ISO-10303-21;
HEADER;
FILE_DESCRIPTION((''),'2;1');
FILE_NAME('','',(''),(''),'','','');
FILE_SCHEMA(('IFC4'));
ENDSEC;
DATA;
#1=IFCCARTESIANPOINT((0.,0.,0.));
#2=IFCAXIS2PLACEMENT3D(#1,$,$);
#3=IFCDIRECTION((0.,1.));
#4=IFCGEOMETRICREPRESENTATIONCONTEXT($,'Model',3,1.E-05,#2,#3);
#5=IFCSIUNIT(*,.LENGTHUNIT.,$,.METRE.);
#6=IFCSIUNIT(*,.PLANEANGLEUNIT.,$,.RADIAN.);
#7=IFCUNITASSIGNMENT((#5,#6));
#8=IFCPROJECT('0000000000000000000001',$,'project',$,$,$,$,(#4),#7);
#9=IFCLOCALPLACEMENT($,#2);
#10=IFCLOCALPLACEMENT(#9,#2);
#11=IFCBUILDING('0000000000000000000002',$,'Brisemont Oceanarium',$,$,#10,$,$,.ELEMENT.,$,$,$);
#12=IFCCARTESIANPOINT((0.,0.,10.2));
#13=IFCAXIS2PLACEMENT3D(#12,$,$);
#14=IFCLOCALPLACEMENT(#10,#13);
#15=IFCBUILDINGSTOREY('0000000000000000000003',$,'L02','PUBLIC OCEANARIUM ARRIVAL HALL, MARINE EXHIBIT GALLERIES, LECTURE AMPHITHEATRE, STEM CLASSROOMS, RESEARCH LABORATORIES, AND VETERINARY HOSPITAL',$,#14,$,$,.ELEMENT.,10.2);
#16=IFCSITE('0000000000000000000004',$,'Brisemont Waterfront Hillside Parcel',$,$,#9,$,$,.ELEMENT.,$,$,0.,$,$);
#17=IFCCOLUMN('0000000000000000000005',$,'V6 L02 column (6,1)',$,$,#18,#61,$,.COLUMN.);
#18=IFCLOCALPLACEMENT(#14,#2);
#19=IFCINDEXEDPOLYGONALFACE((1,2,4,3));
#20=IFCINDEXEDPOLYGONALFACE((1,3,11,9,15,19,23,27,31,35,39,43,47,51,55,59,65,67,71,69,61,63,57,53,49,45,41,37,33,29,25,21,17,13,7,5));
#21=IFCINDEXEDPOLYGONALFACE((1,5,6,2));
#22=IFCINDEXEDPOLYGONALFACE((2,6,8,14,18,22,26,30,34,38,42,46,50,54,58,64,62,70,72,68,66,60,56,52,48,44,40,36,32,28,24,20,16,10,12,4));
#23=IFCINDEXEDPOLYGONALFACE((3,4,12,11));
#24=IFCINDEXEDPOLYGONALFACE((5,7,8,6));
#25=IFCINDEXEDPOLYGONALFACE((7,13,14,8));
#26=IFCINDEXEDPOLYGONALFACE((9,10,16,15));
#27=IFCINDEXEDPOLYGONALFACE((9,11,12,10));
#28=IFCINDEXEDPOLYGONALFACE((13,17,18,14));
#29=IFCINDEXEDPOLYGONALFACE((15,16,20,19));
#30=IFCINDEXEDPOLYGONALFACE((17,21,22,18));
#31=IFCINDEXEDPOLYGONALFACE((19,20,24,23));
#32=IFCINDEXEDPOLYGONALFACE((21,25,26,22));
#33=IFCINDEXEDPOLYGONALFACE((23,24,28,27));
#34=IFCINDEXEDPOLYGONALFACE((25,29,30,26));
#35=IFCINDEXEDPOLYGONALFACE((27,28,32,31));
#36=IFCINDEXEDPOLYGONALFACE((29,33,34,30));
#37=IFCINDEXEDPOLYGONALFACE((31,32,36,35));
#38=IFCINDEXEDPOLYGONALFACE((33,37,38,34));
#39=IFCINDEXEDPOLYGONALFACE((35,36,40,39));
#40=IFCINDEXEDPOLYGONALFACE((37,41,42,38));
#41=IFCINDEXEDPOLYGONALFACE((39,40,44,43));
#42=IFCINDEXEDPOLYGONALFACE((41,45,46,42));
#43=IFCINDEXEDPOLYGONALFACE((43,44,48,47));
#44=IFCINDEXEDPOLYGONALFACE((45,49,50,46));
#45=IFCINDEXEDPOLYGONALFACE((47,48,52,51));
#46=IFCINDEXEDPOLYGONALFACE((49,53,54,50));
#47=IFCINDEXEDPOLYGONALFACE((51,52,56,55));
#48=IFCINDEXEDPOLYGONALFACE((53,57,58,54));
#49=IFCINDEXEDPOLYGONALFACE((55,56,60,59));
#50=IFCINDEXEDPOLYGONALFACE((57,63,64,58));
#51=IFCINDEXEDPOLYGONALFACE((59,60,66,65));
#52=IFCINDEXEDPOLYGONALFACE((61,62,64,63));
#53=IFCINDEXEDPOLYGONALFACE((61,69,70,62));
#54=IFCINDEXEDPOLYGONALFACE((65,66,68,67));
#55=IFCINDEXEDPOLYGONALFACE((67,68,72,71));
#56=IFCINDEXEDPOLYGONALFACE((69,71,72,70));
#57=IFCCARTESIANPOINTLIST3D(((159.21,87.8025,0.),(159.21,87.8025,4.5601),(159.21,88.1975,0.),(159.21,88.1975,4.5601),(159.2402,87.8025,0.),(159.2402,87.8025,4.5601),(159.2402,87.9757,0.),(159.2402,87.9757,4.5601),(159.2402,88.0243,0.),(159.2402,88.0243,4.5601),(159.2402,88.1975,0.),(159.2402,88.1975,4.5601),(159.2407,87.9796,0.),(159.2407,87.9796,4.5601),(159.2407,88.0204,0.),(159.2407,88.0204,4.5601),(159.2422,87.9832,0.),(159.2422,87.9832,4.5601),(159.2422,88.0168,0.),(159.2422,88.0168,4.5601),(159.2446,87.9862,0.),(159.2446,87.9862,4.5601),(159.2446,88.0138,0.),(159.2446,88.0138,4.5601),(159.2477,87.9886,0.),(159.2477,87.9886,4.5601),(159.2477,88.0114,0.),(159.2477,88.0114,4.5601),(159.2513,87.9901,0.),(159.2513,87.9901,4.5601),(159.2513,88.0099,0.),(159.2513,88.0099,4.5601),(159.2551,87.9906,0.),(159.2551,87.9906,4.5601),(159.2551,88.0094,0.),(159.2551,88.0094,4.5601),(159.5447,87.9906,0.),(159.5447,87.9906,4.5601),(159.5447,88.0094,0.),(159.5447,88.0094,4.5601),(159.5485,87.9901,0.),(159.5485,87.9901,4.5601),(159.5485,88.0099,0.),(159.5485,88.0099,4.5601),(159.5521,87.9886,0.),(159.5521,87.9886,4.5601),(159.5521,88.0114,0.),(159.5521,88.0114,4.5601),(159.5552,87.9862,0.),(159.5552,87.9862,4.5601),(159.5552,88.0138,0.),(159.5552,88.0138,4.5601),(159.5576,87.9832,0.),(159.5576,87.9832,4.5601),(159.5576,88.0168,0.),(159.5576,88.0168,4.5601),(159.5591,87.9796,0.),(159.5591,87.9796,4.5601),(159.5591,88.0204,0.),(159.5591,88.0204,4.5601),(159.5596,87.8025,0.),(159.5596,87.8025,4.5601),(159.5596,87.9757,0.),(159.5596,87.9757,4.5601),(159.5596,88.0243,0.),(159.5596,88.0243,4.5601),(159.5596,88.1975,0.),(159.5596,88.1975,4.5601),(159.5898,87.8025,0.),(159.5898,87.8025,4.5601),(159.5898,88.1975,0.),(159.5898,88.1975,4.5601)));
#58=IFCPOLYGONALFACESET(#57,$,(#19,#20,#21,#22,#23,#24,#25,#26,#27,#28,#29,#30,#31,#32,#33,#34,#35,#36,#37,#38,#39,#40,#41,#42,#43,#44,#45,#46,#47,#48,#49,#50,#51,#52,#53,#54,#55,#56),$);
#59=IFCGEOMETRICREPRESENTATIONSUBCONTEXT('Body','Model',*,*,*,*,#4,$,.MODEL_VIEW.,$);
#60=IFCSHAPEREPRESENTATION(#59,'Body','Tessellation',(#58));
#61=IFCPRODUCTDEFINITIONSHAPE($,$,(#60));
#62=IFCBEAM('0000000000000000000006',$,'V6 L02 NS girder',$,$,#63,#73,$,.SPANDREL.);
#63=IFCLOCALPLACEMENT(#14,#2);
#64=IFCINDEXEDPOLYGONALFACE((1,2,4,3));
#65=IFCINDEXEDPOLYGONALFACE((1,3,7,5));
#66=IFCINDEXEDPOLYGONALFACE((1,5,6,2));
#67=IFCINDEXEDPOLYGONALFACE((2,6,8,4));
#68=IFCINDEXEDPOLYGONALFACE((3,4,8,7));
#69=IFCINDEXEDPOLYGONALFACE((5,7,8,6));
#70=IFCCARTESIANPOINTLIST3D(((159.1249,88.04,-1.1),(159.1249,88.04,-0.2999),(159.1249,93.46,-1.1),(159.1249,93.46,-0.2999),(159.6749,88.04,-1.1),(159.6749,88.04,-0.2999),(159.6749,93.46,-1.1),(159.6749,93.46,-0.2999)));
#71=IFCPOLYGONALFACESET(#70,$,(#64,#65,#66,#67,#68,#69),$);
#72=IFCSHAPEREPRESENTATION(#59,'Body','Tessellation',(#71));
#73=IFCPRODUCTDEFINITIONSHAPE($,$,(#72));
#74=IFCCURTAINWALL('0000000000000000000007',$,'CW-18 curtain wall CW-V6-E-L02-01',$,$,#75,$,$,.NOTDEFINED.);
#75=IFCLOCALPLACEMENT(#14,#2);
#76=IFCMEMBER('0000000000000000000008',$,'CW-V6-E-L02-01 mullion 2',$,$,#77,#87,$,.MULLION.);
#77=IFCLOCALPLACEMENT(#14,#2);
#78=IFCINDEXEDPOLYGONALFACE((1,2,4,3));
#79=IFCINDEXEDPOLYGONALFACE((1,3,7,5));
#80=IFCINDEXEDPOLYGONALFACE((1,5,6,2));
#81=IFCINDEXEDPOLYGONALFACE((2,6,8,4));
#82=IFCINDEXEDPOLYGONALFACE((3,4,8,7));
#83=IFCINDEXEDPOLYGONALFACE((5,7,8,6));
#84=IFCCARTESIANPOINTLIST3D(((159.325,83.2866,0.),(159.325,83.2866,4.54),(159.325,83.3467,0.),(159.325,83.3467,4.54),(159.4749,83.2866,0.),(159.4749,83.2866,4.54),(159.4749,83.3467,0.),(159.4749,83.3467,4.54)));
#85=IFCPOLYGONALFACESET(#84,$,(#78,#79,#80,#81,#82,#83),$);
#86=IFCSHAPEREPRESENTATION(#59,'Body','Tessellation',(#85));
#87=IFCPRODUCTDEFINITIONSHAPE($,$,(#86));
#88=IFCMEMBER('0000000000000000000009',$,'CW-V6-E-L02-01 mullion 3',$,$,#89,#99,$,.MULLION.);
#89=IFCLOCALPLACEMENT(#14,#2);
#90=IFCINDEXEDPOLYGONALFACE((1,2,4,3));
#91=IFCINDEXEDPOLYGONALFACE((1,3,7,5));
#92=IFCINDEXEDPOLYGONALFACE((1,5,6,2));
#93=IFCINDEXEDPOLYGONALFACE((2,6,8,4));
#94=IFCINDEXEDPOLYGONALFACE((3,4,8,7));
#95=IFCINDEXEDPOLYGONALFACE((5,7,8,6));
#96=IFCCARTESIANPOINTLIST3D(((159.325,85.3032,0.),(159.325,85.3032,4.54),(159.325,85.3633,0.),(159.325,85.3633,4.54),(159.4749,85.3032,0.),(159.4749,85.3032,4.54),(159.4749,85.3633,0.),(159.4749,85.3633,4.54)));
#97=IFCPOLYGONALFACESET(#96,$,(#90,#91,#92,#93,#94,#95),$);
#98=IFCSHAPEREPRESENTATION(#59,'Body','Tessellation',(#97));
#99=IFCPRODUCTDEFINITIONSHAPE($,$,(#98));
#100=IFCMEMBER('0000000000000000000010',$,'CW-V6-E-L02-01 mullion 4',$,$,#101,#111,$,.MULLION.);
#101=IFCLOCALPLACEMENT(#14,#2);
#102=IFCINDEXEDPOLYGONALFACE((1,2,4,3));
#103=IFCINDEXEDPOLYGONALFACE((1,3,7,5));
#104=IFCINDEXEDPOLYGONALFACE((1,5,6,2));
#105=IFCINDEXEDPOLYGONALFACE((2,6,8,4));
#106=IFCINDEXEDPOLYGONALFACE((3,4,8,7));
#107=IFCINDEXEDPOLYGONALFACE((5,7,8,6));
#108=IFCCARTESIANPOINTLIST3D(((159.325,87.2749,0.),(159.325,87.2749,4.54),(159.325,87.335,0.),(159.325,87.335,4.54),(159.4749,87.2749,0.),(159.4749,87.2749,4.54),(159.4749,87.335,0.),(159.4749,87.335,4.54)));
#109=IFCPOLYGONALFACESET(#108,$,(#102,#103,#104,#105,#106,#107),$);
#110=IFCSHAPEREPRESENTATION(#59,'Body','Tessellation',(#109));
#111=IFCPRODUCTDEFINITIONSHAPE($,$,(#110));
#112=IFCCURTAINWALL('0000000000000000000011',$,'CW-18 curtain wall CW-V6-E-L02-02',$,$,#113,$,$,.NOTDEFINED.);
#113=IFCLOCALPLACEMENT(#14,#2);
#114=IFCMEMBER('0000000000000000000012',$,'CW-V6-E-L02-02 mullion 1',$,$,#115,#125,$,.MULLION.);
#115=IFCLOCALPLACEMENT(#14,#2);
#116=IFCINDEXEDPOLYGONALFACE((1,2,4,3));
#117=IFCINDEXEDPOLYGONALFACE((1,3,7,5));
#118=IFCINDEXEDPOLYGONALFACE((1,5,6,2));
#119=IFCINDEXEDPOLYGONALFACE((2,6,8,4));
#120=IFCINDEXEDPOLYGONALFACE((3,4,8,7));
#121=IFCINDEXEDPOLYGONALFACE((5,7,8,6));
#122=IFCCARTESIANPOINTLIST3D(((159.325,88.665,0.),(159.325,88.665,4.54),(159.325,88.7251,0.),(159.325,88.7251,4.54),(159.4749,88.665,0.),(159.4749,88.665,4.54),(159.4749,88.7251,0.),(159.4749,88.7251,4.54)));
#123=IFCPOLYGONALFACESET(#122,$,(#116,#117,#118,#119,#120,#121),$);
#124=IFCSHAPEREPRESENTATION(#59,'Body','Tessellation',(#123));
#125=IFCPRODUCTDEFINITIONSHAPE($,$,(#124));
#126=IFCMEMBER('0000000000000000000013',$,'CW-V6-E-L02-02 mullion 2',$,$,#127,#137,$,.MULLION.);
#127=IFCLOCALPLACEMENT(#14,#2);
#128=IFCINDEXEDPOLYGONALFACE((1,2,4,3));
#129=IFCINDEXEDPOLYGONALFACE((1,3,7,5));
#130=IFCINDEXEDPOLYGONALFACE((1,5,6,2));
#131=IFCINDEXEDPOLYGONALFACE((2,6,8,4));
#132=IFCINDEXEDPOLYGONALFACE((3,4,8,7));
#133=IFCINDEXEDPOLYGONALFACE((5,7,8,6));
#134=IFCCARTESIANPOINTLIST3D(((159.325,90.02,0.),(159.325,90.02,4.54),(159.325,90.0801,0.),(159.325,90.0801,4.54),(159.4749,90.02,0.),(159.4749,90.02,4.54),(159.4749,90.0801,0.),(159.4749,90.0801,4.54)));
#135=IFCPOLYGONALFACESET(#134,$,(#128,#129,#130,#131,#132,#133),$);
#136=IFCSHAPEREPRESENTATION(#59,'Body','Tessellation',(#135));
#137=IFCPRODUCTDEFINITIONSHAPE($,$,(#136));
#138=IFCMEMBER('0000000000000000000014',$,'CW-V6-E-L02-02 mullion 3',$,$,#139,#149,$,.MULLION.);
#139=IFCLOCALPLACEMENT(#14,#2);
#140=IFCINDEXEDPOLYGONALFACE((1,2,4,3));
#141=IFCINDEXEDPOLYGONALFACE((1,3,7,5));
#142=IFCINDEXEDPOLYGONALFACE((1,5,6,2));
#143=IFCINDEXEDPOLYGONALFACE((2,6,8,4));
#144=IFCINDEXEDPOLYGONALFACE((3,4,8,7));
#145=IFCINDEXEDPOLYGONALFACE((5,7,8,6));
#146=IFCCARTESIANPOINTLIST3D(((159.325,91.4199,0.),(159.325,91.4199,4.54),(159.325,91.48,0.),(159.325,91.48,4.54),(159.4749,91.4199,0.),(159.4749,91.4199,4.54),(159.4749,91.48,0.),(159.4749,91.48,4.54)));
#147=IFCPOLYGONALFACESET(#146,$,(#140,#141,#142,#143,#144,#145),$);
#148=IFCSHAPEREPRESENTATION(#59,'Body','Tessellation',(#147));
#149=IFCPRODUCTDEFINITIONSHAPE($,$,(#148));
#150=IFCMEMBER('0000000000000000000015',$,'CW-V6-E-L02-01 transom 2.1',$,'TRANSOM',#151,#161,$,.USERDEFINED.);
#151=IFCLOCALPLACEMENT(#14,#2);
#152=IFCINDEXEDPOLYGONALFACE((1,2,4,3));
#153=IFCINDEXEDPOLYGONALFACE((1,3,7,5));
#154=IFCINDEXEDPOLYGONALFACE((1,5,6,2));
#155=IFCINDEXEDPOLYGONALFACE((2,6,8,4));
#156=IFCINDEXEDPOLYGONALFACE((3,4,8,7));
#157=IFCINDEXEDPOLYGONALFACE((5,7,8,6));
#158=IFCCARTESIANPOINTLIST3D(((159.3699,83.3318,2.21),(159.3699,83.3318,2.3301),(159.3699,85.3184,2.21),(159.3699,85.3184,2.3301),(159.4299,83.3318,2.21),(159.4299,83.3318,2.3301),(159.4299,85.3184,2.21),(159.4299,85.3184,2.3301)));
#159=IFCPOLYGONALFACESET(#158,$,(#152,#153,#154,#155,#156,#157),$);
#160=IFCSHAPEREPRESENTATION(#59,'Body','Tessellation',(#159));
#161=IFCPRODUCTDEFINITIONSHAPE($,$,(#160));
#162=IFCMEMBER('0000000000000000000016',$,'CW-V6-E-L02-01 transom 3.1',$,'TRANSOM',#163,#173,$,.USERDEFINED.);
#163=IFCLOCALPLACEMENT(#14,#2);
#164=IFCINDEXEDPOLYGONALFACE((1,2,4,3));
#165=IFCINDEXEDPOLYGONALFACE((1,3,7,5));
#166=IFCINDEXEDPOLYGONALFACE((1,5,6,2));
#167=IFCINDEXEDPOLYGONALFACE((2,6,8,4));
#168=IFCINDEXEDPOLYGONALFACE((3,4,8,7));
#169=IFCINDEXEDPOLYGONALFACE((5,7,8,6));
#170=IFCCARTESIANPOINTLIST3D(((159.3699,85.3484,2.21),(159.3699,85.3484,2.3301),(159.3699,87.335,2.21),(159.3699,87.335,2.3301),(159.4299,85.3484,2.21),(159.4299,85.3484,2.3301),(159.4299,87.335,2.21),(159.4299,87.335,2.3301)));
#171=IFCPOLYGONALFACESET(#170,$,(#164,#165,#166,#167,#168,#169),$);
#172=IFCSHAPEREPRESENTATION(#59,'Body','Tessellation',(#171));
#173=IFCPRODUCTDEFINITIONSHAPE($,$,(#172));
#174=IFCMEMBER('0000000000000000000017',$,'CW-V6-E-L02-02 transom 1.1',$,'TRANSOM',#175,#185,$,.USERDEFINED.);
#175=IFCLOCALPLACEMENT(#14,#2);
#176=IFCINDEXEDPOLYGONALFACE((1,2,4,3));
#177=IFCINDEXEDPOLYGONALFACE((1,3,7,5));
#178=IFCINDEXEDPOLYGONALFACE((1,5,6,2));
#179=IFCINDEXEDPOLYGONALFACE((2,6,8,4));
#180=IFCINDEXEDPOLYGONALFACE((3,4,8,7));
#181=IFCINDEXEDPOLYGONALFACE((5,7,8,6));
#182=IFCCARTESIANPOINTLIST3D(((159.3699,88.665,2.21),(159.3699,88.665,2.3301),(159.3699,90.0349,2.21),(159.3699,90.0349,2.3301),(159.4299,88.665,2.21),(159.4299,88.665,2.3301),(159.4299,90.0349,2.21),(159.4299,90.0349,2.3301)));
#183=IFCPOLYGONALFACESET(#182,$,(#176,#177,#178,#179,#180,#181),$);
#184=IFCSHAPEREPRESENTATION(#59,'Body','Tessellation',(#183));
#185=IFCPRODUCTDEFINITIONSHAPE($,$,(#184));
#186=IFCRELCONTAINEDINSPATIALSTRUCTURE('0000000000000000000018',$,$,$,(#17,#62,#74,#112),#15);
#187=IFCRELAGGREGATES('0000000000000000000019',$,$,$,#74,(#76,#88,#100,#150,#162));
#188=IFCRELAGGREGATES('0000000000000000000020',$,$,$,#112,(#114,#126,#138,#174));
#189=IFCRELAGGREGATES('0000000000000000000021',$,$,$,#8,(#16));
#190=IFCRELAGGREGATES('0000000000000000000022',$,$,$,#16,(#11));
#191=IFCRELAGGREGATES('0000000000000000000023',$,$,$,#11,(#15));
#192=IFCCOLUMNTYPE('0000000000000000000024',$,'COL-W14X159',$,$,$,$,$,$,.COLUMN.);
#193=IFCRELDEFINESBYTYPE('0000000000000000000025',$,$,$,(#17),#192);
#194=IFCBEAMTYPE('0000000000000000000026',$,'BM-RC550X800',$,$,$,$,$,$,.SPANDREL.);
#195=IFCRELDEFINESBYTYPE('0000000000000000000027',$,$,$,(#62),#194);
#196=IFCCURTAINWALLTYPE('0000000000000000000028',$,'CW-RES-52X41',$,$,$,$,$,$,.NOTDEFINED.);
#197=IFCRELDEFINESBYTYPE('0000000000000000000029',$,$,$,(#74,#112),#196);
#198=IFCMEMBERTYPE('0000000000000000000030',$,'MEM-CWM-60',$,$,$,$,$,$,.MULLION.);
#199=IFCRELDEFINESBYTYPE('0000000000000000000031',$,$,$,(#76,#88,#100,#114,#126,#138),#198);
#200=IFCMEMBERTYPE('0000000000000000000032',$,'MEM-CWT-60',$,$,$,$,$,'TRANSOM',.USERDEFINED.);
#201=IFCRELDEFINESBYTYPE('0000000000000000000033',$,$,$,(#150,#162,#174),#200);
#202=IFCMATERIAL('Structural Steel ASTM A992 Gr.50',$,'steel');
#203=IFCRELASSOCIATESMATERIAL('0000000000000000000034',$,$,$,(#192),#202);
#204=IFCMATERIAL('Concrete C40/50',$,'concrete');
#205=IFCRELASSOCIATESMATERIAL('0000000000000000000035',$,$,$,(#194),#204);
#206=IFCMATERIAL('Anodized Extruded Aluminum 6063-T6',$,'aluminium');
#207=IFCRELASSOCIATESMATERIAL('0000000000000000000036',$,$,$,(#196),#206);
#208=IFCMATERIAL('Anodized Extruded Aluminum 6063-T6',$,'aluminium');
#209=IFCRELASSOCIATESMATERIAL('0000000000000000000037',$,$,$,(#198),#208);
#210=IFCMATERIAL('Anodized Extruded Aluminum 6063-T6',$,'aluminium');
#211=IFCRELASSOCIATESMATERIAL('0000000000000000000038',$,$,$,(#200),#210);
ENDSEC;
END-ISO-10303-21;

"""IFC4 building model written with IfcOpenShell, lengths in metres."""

from ifc_helpers import new_model, si_unit, direction, frame, origin, origin_2d, place, context, subcontext, project, spatial, rectangle, i_section, extrude, material, material_profile, profile_set, type_object, element, aggregate, save


model = new_model("IFC4")

# Units and contexts
model_context = context("Model", 3, precision=1e-05, world=origin(), true_north=direction((0.0, 1.0)))
body_context = subcontext(model_context, "Body", "Model", "MODEL_VIEW")
ifc_project = project(units=[si_unit("LENGTHUNIT", "METRE"), si_unit("PLANEANGLEUNIT", "RADIAN")], contexts=[model_context])

# Site, building, storey
site_placement = place(None, origin())
site = spatial("IfcSite", under=ifc_project, at=site_placement, Name="Brisemont Waterfront Hillside Parcel", CompositionType="ELEMENT", RefElevation=0.0)
building_placement = place(site_placement, origin())
building = spatial("IfcBuilding", under=site, at=building_placement, Name="Brisemont Oceanarium", CompositionType="ELEMENT")
storey_placement = place(building_placement, frame((0.0, 0.0, 10.2)))
storey = spatial("IfcBuildingStorey", under=building, at=storey_placement, Name="L02", Description="PUBLIC OCEANARIUM ARRIVAL HALL, MARINE EXHIBIT GALLERIES, LECTURE AMPHITHEATRE, STEM CLASSROOMS, RESEARCH LABORATORIES, AND VETERINARY HOSPITAL", CompositionType="ELEMENT", Elevation=10.2)

# Column
ifc_material_1 = material(Name="Structural Steel ASTM A992 Gr.50", Category="steel")
ifc_material_profile_1 = material_profile(ifc_material_1, i_section(OverallWidth=0.395, OverallDepth=0.3799, WebThickness=0.0188, FlangeThickness=0.0303, FilletRadius=0.0149, at=origin_2d()), Name="W14X159")
ifc_profile_set_1 = profile_set([ifc_material_profile_1], Name="Structural Steel ASTM A992 Gr.50")
column_type = type_object("IfcColumnType", Name="COL-W14X159", PredefinedType="COLUMN", material=ifc_profile_set_1)
column_placement = place(storey_placement, frame((159.3999, 88.0, 0.0), z_axis=(0.0, 0.0, 1.0), x_axis=(0.0, 1.0, 0.0)))
element("IfcColumn", 1, at=column_placement, inside=storey, type_object=column_type, Name="V6 L02 column (6,1)", PredefinedType="COLUMN", context=body_context, shape_type="SweptSolid", body=[
    extrude(i_section(OverallWidth=0.395, OverallDepth=0.3799, WebThickness=0.0188, FlangeThickness=0.0303, FilletRadius=0.0149, at=origin_2d()), origin(), (0.0, 0.0, 1.0), 4.5601),
])

# Beam
ifc_material_2 = material(Name="Concrete C40/50", Category="concrete")
ifc_material_profile_2 = material_profile(ifc_material_2, rectangle(XDim=0.55, YDim=0.8, at=origin_2d()), Name="RC-BM-550X800")
ifc_profile_set_2 = profile_set([ifc_material_profile_2], Name="Concrete C40/50")
beam_type = type_object("IfcBeamType", Name="BM-RC550X800", PredefinedType="SPANDREL", material=ifc_profile_set_2)
beam_placement = place(storey_placement, frame((159.3999, 88.04, -0.7), z_axis=(0.0, 1.0, 0.0), x_axis=(-1.0, 0.0, 0.0)))
element("IfcBeam", 2, at=beam_placement, inside=storey, type_object=beam_type, Name="V6 L02 NS girder", PredefinedType="SPANDREL", context=body_context, shape_type="SweptSolid", body=[
    extrude(rectangle(XDim=0.55, YDim=0.8, at=origin_2d()), origin(), (0.0, 0.0, 1.0), 5.4199),
])

# Curtain walls, members
ifc_material_3 = material(Name="Anodized Extruded Aluminum 6063-T6", Category="aluminium")
curtain_wall_type = type_object("IfcCurtainWallType", Name="CW-RES-52X41", PredefinedType="NOTDEFINED", material=ifc_material_3)
curtain_wall_1_placement = place(storey_placement, origin())
curtain_wall_1 = element("IfcCurtainWall", 3, at=curtain_wall_1_placement, inside=storey, type_object=curtain_wall_type, Name="CW-18 curtain wall CW-V6-E-L02-01", PredefinedType="NOTDEFINED")
ifc_material_4 = material(Name="Anodized Extruded Aluminum 6063-T6", Category="aluminium")
ifc_material_profile_3 = material_profile(ifc_material_4, rectangle(XDim=0.0601, YDim=0.1499, at=origin_2d()), Name="CWM-60X150")
ifc_profile_set_3 = profile_set([ifc_material_profile_3], Name="Anodized Extruded Aluminum 6063-T6")
member_type_1 = type_object("IfcMemberType", Name="MEM-CWM-60", PredefinedType="MULLION", material=ifc_profile_set_3)
member_1_placement = place(storey_placement, frame((159.3999, 83.3167, 0.0), z_axis=(0.0, 0.0, 1.0), x_axis=(0.0, 1.0, 0.0)))
member_1 = element("IfcMember", 4, at=member_1_placement, type_object=member_type_1, Name="CW-V6-E-L02-01 mullion 2", PredefinedType="MULLION", context=body_context, shape_type="SweptSolid", body=[
    extrude(rectangle(XDim=0.0601, YDim=0.1499, at=origin_2d()), origin(), (0.0, 0.0, 1.0), 4.54),
])
member_2_placement = place(storey_placement, frame((159.3999, 85.3333, 0.0), z_axis=(0.0, 0.0, 1.0), x_axis=(0.0, 1.0, 0.0)))
member_2 = element("IfcMember", 5, at=member_2_placement, type_object=member_type_1, Name="CW-V6-E-L02-01 mullion 3", PredefinedType="MULLION", context=body_context, shape_type="SweptSolid", body=[
    extrude(rectangle(XDim=0.0601, YDim=0.1499, at=origin_2d()), origin(), (0.0, 0.0, 1.0), 4.54),
])
member_3_placement = place(storey_placement, frame((159.3999, 87.3049, 0.0), z_axis=(0.0, 0.0, 1.0), x_axis=(0.0, 1.0, 0.0)))
member_3 = element("IfcMember", 6, at=member_3_placement, type_object=member_type_1, Name="CW-V6-E-L02-01 mullion 4", PredefinedType="MULLION", context=body_context, shape_type="SweptSolid", body=[
    extrude(rectangle(XDim=0.0601, YDim=0.1499, at=origin_2d()), origin(), (0.0, 0.0, 1.0), 4.54),
])
curtain_wall_2_placement = place(storey_placement, origin())
curtain_wall_2 = element("IfcCurtainWall", 7, at=curtain_wall_2_placement, inside=storey, type_object=curtain_wall_type, Name="CW-18 curtain wall CW-V6-E-L02-02", PredefinedType="NOTDEFINED")
member_4_placement = place(storey_placement, frame((159.3999, 88.6951, 0.0), z_axis=(0.0, 0.0, 1.0), x_axis=(0.0, 1.0, 0.0)))
member_4 = element("IfcMember", 8, at=member_4_placement, type_object=member_type_1, Name="CW-V6-E-L02-02 mullion 1", PredefinedType="MULLION", context=body_context, shape_type="SweptSolid", body=[
    extrude(rectangle(XDim=0.0601, YDim=0.1499, at=origin_2d()), origin(), (0.0, 0.0, 1.0), 4.54),
])
member_5_placement = place(storey_placement, frame((159.3999, 90.05, 0.0), z_axis=(0.0, 0.0, 1.0), x_axis=(0.0, 1.0, 0.0)))
member_5 = element("IfcMember", 9, at=member_5_placement, type_object=member_type_1, Name="CW-V6-E-L02-02 mullion 2", PredefinedType="MULLION", context=body_context, shape_type="SweptSolid", body=[
    extrude(rectangle(XDim=0.0601, YDim=0.1499, at=origin_2d()), origin(), (0.0, 0.0, 1.0), 4.54),
])
member_6_placement = place(storey_placement, frame((159.3999, 91.45, 0.0), z_axis=(0.0, 0.0, 1.0), x_axis=(0.0, 1.0, 0.0)))
member_6 = element("IfcMember", 10, at=member_6_placement, type_object=member_type_1, Name="CW-V6-E-L02-02 mullion 3", PredefinedType="MULLION", context=body_context, shape_type="SweptSolid", body=[
    extrude(rectangle(XDim=0.0601, YDim=0.1499, at=origin_2d()), origin(), (0.0, 0.0, 1.0), 4.54),
])

# Members
ifc_material_5 = material(Name="Anodized Extruded Aluminum 6063-T6", Category="aluminium")
ifc_material_profile_4 = material_profile(ifc_material_5, rectangle(XDim=0.0601, YDim=0.1201, at=origin_2d()), Name="CWT-60X120")
ifc_profile_set_4 = profile_set([ifc_material_profile_4], Name="Anodized Extruded Aluminum 6063-T6")
member_type_2 = type_object("IfcMemberType", Name="MEM-CWT-60", ElementType="TRANSOM", PredefinedType="USERDEFINED", material=ifc_profile_set_4)
member_7_placement = place(storey_placement, frame((159.3999, 83.3318, 2.27), z_axis=(0.0, 1.0, 0.0), x_axis=(-1.0, 0.0, 0.0)))
member_7 = element("IfcMember", 11, at=member_7_placement, type_object=member_type_2, Name="CW-V6-E-L02-01 transom 2.1", ObjectType="TRANSOM", PredefinedType="USERDEFINED", context=body_context, shape_type="SweptSolid", body=[
    extrude(rectangle(XDim=0.0601, YDim=0.1201, at=origin_2d()), origin(), (0.0, 0.0, 1.0), 1.9866),
])
member_8_placement = place(storey_placement, frame((159.3999, 85.3484, 2.27), z_axis=(0.0, 1.0, 0.0), x_axis=(-1.0, 0.0, 0.0)))
member_8 = element("IfcMember", 12, at=member_8_placement, type_object=member_type_2, Name="CW-V6-E-L02-01 transom 3.1", ObjectType="TRANSOM", PredefinedType="USERDEFINED", context=body_context, shape_type="SweptSolid", body=[
    extrude(rectangle(XDim=0.0601, YDim=0.1201, at=origin_2d()), origin(), (0.0, 0.0, 1.0), 1.9866),
])
member_9_placement = place(storey_placement, frame((159.3999, 88.665, 2.27), z_axis=(0.0, 1.0, 0.0), x_axis=(-1.0, 0.0, 0.0)))
member_9 = element("IfcMember", 13, at=member_9_placement, type_object=member_type_2, Name="CW-V6-E-L02-02 transom 1.1", ObjectType="TRANSOM", PredefinedType="USERDEFINED", context=body_context, shape_type="SweptSolid", body=[
    extrude(rectangle(XDim=0.0601, YDim=0.1201, at=origin_2d()), origin(), (0.0, 0.0, 1.0), 1.3699),
])

aggregate(curtain_wall_1, [member_1, member_2, member_3, member_7, member_8])
aggregate(curtain_wall_2, [member_4, member_5, member_6, member_9])

save(model, "model.ifc")
